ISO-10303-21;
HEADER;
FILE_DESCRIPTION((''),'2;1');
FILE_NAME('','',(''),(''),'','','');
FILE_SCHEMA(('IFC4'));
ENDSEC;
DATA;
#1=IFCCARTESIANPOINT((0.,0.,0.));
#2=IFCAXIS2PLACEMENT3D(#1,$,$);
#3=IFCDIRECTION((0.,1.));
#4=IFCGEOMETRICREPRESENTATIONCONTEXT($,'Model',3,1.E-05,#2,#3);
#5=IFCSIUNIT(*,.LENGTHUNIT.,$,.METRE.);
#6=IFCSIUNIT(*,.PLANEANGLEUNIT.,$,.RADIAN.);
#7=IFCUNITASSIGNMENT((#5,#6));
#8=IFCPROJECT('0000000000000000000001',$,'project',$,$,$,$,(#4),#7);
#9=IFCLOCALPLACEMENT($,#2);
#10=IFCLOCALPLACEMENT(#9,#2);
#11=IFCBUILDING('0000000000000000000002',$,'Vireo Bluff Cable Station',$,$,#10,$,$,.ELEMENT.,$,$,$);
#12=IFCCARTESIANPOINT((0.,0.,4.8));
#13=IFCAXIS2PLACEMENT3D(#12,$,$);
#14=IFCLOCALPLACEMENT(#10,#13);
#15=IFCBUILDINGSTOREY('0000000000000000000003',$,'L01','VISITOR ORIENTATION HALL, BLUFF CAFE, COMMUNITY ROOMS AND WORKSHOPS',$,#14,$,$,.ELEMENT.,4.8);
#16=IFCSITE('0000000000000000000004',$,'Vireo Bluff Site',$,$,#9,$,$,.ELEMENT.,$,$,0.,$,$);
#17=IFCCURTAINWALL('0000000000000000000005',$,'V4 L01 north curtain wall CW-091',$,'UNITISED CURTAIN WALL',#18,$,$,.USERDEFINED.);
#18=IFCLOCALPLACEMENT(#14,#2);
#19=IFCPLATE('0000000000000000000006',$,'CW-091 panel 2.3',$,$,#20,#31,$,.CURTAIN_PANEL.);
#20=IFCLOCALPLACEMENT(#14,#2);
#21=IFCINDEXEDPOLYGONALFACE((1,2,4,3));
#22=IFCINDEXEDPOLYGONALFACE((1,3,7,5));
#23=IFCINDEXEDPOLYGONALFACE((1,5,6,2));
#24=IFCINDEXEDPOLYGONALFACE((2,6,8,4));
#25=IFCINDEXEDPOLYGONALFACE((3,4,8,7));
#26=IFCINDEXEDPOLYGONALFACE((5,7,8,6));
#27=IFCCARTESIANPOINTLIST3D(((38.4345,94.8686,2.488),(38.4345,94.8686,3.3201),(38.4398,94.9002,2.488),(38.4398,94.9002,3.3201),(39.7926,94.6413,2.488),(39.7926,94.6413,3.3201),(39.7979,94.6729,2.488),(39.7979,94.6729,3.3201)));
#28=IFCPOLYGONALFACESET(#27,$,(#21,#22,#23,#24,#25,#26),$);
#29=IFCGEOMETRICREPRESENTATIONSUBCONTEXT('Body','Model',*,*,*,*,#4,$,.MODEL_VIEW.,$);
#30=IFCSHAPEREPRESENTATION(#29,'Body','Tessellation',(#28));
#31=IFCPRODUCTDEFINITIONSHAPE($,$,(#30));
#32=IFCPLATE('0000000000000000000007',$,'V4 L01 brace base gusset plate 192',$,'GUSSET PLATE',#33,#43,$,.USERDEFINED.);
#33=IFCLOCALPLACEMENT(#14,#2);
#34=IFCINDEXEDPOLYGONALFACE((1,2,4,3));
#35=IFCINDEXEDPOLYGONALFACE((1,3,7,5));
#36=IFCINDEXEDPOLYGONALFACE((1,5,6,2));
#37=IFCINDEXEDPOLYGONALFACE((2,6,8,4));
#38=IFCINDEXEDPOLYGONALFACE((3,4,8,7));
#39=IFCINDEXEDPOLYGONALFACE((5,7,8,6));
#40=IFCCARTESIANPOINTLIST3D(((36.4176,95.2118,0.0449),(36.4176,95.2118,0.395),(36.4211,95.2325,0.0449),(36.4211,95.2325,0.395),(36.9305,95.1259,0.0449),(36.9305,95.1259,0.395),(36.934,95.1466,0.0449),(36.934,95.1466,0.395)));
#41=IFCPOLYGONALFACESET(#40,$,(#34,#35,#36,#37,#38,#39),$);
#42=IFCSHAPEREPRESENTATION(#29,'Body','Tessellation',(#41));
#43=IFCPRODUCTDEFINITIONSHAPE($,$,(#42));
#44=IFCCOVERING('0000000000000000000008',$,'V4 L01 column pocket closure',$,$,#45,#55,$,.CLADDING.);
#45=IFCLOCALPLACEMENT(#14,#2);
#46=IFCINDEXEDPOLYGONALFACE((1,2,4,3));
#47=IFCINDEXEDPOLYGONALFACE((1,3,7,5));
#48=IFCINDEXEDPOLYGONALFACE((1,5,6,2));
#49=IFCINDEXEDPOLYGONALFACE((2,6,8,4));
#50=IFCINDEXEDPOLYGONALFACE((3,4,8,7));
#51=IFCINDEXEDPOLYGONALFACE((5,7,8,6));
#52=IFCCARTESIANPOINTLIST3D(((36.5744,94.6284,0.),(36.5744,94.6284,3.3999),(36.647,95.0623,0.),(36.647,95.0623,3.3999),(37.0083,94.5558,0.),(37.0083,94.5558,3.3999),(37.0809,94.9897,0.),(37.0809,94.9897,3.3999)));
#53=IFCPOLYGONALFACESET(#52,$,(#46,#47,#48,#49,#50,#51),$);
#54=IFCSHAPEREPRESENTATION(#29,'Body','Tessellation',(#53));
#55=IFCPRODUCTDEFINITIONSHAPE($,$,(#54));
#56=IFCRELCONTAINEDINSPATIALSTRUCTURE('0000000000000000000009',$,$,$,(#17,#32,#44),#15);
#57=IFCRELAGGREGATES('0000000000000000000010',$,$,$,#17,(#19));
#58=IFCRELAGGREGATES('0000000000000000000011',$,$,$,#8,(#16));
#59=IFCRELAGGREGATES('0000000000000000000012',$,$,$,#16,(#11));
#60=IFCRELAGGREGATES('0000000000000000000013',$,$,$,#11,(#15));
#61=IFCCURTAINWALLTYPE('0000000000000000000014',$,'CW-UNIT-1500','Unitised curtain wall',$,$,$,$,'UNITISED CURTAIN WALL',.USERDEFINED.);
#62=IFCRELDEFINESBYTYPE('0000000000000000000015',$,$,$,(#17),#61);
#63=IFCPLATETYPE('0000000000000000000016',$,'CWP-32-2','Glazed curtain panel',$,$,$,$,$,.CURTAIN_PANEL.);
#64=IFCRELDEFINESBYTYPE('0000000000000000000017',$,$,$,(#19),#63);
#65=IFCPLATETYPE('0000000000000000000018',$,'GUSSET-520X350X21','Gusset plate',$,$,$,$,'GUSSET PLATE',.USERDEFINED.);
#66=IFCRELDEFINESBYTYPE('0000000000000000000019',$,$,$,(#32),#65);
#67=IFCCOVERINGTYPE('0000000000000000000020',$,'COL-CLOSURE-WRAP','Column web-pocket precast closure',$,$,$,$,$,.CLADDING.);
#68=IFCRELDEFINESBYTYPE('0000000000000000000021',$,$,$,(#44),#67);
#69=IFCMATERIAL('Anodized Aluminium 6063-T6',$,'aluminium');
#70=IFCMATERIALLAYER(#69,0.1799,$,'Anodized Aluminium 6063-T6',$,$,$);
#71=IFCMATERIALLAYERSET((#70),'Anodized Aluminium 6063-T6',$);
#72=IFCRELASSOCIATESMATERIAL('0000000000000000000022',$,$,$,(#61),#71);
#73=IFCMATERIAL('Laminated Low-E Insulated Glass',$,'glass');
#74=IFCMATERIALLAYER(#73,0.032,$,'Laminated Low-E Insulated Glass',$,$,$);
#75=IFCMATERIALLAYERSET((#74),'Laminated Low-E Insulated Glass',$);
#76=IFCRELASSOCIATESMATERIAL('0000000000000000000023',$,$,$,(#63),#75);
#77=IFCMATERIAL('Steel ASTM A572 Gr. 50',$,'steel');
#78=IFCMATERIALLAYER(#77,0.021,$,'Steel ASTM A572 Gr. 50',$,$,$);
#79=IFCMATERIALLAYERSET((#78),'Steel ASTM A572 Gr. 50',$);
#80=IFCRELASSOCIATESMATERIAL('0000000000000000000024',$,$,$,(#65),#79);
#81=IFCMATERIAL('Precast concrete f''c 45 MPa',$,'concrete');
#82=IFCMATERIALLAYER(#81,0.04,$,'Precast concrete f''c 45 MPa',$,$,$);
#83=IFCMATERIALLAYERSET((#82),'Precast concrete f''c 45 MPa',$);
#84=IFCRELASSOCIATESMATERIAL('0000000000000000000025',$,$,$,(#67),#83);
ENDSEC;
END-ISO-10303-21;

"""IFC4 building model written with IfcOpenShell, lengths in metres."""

from ifc_helpers import new_model, si_unit, direction, frame, origin, origin_2d, place, context, subcontext, project, spatial, rectangle, extrude, material, layer, layer_set, type_object, element, aggregate, save


model = new_model("IFC4")

# Units and contexts
model_context = context("Model", 3, precision=1e-05, world=origin(), true_north=direction((0.0, 1.0)))
body_context = subcontext(model_context, "Body", "Model", "MODEL_VIEW")
ifc_project = project(units=[si_unit("LENGTHUNIT", "METRE"), si_unit("PLANEANGLEUNIT", "RADIAN")], contexts=[model_context])

# Site, building, storey
site_placement = place(None, origin())
site = spatial("IfcSite", under=ifc_project, at=site_placement, Name="Vireo Bluff Site", CompositionType="ELEMENT", RefElevation=0.0)
building_placement = place(site_placement, origin())
building = spatial("IfcBuilding", under=site, at=building_placement, Name="Vireo Bluff Cable Station", CompositionType="ELEMENT")
storey_placement = place(building_placement, frame((0.0, 0.0, 4.8)))
storey = spatial("IfcBuildingStorey", under=building, at=storey_placement, Name="L01", Description="VISITOR ORIENTATION HALL, BLUFF CAFE, COMMUNITY ROOMS AND WORKSHOPS", CompositionType="ELEMENT", Elevation=4.8)

# Curtain wall
ifc_material_1 = material(Name="Anodized Aluminium 6063-T6", Category="aluminium")
ifc_layer_1 = layer(ifc_material_1, 0.1799, Name="Anodized Aluminium 6063-T6")
ifc_layer_set_1 = layer_set([ifc_layer_1], Name="Anodized Aluminium 6063-T6")
curtain_wall_type = type_object("IfcCurtainWallType", Name="CW-UNIT-1500", Description="Unitised curtain wall", ElementType="UNITISED CURTAIN WALL", PredefinedType="USERDEFINED", material=ifc_layer_set_1)
curtain_wall_placement = place(storey_placement, origin())
curtain_wall = element("IfcCurtainWall", 1, at=curtain_wall_placement, inside=storey, type_object=curtain_wall_type, Name="V4 L01 north curtain wall CW-091", ObjectType="UNITISED CURTAIN WALL", PredefinedType="USERDEFINED")

# Plates
ifc_material_2 = material(Name="Laminated Low-E Insulated Glass", Category="glass")
ifc_layer_2 = layer(ifc_material_2, 0.032, Name="Laminated Low-E Insulated Glass")
ifc_layer_set_2 = layer_set([ifc_layer_2], Name="Laminated Low-E Insulated Glass")
plate_type_1 = type_object("IfcPlateType", Name="CWP-32-2", Description="Glazed curtain panel", PredefinedType="CURTAIN_PANEL", material=ifc_layer_set_2)
plate_1_placement = place(storey_placement, frame((39.1162, 94.7708, 2.488), z_axis=(0.0, 0.0, 1.0), x_axis=(0.986286, -0.165048, 0.0)))
plate_1 = element("IfcPlate", 2, at=plate_1_placement, type_object=plate_type_1, Name="CW-091 panel 2.3", PredefinedType="CURTAIN_PANEL", context=body_context, shape_type="SweptSolid", body=[
    extrude(rectangle(XDim=1.377, YDim=0.032, at=origin_2d()), origin(), (0.0, 0.0, 1.0), 0.832),
])
aggregate(curtain_wall, [plate_1])
ifc_material_3 = material(Name="Steel ASTM A572 Gr. 50", Category="steel")
ifc_layer_3 = layer(ifc_material_3, 0.021, Name="Steel ASTM A572 Gr. 50")
ifc_layer_set_3 = layer_set([ifc_layer_3], Name="Steel ASTM A572 Gr. 50")
plate_type_2 = type_object("IfcPlateType", Name="GUSSET-520X350X21", Description="Gusset plate", ElementType="GUSSET PLATE", PredefinedType="USERDEFINED", material=ifc_layer_set_3)
plate_2_placement = place(storey_placement, frame((36.6758, 95.1792, 0.0449), z_axis=(0.0, 0.0, 1.0), x_axis=(0.986286, -0.165048, 0.0)))
element("IfcPlate", 3, at=plate_2_placement, inside=storey, type_object=plate_type_2, Name="V4 L01 brace base gusset plate 192", ObjectType="GUSSET PLATE", PredefinedType="USERDEFINED", context=body_context, shape_type="SweptSolid", body=[
    extrude(rectangle(XDim=0.52, YDim=0.021, at=origin_2d()), origin(), (0.0, 0.0, 1.0), 0.3501),
])

# Covering
ifc_material_4 = material(Name="Precast concrete f'c 45 MPa", Category="concrete")
ifc_layer_4 = layer(ifc_material_4, 0.04, Name="Precast concrete f'c 45 MPa")
ifc_layer_set_4 = layer_set([ifc_layer_4], Name="Precast concrete f'c 45 MPa")
covering_type = type_object("IfcCoveringType", Name="COL-CLOSURE-WRAP", Description="Column web-pocket precast closure", PredefinedType="CLADDING", material=ifc_layer_set_4)
covering_placement = place(storey_placement, frame((36.8276, 94.8091, 0.0), z_axis=(0.0, 0.0, 1.0), x_axis=(0.986286, -0.165048, 0.0)))
element("IfcCovering", 4, at=covering_placement, inside=storey, type_object=covering_type, Name="V4 L01 column pocket closure", PredefinedType="CLADDING", context=body_context, shape_type="SweptSolid", body=[
    extrude(rectangle(XDim=0.4399, YDim=0.4399, at=origin_2d()), origin(), (0.0, 0.0, 1.0), 3.3999),
])

save(model, "model.ifc")
